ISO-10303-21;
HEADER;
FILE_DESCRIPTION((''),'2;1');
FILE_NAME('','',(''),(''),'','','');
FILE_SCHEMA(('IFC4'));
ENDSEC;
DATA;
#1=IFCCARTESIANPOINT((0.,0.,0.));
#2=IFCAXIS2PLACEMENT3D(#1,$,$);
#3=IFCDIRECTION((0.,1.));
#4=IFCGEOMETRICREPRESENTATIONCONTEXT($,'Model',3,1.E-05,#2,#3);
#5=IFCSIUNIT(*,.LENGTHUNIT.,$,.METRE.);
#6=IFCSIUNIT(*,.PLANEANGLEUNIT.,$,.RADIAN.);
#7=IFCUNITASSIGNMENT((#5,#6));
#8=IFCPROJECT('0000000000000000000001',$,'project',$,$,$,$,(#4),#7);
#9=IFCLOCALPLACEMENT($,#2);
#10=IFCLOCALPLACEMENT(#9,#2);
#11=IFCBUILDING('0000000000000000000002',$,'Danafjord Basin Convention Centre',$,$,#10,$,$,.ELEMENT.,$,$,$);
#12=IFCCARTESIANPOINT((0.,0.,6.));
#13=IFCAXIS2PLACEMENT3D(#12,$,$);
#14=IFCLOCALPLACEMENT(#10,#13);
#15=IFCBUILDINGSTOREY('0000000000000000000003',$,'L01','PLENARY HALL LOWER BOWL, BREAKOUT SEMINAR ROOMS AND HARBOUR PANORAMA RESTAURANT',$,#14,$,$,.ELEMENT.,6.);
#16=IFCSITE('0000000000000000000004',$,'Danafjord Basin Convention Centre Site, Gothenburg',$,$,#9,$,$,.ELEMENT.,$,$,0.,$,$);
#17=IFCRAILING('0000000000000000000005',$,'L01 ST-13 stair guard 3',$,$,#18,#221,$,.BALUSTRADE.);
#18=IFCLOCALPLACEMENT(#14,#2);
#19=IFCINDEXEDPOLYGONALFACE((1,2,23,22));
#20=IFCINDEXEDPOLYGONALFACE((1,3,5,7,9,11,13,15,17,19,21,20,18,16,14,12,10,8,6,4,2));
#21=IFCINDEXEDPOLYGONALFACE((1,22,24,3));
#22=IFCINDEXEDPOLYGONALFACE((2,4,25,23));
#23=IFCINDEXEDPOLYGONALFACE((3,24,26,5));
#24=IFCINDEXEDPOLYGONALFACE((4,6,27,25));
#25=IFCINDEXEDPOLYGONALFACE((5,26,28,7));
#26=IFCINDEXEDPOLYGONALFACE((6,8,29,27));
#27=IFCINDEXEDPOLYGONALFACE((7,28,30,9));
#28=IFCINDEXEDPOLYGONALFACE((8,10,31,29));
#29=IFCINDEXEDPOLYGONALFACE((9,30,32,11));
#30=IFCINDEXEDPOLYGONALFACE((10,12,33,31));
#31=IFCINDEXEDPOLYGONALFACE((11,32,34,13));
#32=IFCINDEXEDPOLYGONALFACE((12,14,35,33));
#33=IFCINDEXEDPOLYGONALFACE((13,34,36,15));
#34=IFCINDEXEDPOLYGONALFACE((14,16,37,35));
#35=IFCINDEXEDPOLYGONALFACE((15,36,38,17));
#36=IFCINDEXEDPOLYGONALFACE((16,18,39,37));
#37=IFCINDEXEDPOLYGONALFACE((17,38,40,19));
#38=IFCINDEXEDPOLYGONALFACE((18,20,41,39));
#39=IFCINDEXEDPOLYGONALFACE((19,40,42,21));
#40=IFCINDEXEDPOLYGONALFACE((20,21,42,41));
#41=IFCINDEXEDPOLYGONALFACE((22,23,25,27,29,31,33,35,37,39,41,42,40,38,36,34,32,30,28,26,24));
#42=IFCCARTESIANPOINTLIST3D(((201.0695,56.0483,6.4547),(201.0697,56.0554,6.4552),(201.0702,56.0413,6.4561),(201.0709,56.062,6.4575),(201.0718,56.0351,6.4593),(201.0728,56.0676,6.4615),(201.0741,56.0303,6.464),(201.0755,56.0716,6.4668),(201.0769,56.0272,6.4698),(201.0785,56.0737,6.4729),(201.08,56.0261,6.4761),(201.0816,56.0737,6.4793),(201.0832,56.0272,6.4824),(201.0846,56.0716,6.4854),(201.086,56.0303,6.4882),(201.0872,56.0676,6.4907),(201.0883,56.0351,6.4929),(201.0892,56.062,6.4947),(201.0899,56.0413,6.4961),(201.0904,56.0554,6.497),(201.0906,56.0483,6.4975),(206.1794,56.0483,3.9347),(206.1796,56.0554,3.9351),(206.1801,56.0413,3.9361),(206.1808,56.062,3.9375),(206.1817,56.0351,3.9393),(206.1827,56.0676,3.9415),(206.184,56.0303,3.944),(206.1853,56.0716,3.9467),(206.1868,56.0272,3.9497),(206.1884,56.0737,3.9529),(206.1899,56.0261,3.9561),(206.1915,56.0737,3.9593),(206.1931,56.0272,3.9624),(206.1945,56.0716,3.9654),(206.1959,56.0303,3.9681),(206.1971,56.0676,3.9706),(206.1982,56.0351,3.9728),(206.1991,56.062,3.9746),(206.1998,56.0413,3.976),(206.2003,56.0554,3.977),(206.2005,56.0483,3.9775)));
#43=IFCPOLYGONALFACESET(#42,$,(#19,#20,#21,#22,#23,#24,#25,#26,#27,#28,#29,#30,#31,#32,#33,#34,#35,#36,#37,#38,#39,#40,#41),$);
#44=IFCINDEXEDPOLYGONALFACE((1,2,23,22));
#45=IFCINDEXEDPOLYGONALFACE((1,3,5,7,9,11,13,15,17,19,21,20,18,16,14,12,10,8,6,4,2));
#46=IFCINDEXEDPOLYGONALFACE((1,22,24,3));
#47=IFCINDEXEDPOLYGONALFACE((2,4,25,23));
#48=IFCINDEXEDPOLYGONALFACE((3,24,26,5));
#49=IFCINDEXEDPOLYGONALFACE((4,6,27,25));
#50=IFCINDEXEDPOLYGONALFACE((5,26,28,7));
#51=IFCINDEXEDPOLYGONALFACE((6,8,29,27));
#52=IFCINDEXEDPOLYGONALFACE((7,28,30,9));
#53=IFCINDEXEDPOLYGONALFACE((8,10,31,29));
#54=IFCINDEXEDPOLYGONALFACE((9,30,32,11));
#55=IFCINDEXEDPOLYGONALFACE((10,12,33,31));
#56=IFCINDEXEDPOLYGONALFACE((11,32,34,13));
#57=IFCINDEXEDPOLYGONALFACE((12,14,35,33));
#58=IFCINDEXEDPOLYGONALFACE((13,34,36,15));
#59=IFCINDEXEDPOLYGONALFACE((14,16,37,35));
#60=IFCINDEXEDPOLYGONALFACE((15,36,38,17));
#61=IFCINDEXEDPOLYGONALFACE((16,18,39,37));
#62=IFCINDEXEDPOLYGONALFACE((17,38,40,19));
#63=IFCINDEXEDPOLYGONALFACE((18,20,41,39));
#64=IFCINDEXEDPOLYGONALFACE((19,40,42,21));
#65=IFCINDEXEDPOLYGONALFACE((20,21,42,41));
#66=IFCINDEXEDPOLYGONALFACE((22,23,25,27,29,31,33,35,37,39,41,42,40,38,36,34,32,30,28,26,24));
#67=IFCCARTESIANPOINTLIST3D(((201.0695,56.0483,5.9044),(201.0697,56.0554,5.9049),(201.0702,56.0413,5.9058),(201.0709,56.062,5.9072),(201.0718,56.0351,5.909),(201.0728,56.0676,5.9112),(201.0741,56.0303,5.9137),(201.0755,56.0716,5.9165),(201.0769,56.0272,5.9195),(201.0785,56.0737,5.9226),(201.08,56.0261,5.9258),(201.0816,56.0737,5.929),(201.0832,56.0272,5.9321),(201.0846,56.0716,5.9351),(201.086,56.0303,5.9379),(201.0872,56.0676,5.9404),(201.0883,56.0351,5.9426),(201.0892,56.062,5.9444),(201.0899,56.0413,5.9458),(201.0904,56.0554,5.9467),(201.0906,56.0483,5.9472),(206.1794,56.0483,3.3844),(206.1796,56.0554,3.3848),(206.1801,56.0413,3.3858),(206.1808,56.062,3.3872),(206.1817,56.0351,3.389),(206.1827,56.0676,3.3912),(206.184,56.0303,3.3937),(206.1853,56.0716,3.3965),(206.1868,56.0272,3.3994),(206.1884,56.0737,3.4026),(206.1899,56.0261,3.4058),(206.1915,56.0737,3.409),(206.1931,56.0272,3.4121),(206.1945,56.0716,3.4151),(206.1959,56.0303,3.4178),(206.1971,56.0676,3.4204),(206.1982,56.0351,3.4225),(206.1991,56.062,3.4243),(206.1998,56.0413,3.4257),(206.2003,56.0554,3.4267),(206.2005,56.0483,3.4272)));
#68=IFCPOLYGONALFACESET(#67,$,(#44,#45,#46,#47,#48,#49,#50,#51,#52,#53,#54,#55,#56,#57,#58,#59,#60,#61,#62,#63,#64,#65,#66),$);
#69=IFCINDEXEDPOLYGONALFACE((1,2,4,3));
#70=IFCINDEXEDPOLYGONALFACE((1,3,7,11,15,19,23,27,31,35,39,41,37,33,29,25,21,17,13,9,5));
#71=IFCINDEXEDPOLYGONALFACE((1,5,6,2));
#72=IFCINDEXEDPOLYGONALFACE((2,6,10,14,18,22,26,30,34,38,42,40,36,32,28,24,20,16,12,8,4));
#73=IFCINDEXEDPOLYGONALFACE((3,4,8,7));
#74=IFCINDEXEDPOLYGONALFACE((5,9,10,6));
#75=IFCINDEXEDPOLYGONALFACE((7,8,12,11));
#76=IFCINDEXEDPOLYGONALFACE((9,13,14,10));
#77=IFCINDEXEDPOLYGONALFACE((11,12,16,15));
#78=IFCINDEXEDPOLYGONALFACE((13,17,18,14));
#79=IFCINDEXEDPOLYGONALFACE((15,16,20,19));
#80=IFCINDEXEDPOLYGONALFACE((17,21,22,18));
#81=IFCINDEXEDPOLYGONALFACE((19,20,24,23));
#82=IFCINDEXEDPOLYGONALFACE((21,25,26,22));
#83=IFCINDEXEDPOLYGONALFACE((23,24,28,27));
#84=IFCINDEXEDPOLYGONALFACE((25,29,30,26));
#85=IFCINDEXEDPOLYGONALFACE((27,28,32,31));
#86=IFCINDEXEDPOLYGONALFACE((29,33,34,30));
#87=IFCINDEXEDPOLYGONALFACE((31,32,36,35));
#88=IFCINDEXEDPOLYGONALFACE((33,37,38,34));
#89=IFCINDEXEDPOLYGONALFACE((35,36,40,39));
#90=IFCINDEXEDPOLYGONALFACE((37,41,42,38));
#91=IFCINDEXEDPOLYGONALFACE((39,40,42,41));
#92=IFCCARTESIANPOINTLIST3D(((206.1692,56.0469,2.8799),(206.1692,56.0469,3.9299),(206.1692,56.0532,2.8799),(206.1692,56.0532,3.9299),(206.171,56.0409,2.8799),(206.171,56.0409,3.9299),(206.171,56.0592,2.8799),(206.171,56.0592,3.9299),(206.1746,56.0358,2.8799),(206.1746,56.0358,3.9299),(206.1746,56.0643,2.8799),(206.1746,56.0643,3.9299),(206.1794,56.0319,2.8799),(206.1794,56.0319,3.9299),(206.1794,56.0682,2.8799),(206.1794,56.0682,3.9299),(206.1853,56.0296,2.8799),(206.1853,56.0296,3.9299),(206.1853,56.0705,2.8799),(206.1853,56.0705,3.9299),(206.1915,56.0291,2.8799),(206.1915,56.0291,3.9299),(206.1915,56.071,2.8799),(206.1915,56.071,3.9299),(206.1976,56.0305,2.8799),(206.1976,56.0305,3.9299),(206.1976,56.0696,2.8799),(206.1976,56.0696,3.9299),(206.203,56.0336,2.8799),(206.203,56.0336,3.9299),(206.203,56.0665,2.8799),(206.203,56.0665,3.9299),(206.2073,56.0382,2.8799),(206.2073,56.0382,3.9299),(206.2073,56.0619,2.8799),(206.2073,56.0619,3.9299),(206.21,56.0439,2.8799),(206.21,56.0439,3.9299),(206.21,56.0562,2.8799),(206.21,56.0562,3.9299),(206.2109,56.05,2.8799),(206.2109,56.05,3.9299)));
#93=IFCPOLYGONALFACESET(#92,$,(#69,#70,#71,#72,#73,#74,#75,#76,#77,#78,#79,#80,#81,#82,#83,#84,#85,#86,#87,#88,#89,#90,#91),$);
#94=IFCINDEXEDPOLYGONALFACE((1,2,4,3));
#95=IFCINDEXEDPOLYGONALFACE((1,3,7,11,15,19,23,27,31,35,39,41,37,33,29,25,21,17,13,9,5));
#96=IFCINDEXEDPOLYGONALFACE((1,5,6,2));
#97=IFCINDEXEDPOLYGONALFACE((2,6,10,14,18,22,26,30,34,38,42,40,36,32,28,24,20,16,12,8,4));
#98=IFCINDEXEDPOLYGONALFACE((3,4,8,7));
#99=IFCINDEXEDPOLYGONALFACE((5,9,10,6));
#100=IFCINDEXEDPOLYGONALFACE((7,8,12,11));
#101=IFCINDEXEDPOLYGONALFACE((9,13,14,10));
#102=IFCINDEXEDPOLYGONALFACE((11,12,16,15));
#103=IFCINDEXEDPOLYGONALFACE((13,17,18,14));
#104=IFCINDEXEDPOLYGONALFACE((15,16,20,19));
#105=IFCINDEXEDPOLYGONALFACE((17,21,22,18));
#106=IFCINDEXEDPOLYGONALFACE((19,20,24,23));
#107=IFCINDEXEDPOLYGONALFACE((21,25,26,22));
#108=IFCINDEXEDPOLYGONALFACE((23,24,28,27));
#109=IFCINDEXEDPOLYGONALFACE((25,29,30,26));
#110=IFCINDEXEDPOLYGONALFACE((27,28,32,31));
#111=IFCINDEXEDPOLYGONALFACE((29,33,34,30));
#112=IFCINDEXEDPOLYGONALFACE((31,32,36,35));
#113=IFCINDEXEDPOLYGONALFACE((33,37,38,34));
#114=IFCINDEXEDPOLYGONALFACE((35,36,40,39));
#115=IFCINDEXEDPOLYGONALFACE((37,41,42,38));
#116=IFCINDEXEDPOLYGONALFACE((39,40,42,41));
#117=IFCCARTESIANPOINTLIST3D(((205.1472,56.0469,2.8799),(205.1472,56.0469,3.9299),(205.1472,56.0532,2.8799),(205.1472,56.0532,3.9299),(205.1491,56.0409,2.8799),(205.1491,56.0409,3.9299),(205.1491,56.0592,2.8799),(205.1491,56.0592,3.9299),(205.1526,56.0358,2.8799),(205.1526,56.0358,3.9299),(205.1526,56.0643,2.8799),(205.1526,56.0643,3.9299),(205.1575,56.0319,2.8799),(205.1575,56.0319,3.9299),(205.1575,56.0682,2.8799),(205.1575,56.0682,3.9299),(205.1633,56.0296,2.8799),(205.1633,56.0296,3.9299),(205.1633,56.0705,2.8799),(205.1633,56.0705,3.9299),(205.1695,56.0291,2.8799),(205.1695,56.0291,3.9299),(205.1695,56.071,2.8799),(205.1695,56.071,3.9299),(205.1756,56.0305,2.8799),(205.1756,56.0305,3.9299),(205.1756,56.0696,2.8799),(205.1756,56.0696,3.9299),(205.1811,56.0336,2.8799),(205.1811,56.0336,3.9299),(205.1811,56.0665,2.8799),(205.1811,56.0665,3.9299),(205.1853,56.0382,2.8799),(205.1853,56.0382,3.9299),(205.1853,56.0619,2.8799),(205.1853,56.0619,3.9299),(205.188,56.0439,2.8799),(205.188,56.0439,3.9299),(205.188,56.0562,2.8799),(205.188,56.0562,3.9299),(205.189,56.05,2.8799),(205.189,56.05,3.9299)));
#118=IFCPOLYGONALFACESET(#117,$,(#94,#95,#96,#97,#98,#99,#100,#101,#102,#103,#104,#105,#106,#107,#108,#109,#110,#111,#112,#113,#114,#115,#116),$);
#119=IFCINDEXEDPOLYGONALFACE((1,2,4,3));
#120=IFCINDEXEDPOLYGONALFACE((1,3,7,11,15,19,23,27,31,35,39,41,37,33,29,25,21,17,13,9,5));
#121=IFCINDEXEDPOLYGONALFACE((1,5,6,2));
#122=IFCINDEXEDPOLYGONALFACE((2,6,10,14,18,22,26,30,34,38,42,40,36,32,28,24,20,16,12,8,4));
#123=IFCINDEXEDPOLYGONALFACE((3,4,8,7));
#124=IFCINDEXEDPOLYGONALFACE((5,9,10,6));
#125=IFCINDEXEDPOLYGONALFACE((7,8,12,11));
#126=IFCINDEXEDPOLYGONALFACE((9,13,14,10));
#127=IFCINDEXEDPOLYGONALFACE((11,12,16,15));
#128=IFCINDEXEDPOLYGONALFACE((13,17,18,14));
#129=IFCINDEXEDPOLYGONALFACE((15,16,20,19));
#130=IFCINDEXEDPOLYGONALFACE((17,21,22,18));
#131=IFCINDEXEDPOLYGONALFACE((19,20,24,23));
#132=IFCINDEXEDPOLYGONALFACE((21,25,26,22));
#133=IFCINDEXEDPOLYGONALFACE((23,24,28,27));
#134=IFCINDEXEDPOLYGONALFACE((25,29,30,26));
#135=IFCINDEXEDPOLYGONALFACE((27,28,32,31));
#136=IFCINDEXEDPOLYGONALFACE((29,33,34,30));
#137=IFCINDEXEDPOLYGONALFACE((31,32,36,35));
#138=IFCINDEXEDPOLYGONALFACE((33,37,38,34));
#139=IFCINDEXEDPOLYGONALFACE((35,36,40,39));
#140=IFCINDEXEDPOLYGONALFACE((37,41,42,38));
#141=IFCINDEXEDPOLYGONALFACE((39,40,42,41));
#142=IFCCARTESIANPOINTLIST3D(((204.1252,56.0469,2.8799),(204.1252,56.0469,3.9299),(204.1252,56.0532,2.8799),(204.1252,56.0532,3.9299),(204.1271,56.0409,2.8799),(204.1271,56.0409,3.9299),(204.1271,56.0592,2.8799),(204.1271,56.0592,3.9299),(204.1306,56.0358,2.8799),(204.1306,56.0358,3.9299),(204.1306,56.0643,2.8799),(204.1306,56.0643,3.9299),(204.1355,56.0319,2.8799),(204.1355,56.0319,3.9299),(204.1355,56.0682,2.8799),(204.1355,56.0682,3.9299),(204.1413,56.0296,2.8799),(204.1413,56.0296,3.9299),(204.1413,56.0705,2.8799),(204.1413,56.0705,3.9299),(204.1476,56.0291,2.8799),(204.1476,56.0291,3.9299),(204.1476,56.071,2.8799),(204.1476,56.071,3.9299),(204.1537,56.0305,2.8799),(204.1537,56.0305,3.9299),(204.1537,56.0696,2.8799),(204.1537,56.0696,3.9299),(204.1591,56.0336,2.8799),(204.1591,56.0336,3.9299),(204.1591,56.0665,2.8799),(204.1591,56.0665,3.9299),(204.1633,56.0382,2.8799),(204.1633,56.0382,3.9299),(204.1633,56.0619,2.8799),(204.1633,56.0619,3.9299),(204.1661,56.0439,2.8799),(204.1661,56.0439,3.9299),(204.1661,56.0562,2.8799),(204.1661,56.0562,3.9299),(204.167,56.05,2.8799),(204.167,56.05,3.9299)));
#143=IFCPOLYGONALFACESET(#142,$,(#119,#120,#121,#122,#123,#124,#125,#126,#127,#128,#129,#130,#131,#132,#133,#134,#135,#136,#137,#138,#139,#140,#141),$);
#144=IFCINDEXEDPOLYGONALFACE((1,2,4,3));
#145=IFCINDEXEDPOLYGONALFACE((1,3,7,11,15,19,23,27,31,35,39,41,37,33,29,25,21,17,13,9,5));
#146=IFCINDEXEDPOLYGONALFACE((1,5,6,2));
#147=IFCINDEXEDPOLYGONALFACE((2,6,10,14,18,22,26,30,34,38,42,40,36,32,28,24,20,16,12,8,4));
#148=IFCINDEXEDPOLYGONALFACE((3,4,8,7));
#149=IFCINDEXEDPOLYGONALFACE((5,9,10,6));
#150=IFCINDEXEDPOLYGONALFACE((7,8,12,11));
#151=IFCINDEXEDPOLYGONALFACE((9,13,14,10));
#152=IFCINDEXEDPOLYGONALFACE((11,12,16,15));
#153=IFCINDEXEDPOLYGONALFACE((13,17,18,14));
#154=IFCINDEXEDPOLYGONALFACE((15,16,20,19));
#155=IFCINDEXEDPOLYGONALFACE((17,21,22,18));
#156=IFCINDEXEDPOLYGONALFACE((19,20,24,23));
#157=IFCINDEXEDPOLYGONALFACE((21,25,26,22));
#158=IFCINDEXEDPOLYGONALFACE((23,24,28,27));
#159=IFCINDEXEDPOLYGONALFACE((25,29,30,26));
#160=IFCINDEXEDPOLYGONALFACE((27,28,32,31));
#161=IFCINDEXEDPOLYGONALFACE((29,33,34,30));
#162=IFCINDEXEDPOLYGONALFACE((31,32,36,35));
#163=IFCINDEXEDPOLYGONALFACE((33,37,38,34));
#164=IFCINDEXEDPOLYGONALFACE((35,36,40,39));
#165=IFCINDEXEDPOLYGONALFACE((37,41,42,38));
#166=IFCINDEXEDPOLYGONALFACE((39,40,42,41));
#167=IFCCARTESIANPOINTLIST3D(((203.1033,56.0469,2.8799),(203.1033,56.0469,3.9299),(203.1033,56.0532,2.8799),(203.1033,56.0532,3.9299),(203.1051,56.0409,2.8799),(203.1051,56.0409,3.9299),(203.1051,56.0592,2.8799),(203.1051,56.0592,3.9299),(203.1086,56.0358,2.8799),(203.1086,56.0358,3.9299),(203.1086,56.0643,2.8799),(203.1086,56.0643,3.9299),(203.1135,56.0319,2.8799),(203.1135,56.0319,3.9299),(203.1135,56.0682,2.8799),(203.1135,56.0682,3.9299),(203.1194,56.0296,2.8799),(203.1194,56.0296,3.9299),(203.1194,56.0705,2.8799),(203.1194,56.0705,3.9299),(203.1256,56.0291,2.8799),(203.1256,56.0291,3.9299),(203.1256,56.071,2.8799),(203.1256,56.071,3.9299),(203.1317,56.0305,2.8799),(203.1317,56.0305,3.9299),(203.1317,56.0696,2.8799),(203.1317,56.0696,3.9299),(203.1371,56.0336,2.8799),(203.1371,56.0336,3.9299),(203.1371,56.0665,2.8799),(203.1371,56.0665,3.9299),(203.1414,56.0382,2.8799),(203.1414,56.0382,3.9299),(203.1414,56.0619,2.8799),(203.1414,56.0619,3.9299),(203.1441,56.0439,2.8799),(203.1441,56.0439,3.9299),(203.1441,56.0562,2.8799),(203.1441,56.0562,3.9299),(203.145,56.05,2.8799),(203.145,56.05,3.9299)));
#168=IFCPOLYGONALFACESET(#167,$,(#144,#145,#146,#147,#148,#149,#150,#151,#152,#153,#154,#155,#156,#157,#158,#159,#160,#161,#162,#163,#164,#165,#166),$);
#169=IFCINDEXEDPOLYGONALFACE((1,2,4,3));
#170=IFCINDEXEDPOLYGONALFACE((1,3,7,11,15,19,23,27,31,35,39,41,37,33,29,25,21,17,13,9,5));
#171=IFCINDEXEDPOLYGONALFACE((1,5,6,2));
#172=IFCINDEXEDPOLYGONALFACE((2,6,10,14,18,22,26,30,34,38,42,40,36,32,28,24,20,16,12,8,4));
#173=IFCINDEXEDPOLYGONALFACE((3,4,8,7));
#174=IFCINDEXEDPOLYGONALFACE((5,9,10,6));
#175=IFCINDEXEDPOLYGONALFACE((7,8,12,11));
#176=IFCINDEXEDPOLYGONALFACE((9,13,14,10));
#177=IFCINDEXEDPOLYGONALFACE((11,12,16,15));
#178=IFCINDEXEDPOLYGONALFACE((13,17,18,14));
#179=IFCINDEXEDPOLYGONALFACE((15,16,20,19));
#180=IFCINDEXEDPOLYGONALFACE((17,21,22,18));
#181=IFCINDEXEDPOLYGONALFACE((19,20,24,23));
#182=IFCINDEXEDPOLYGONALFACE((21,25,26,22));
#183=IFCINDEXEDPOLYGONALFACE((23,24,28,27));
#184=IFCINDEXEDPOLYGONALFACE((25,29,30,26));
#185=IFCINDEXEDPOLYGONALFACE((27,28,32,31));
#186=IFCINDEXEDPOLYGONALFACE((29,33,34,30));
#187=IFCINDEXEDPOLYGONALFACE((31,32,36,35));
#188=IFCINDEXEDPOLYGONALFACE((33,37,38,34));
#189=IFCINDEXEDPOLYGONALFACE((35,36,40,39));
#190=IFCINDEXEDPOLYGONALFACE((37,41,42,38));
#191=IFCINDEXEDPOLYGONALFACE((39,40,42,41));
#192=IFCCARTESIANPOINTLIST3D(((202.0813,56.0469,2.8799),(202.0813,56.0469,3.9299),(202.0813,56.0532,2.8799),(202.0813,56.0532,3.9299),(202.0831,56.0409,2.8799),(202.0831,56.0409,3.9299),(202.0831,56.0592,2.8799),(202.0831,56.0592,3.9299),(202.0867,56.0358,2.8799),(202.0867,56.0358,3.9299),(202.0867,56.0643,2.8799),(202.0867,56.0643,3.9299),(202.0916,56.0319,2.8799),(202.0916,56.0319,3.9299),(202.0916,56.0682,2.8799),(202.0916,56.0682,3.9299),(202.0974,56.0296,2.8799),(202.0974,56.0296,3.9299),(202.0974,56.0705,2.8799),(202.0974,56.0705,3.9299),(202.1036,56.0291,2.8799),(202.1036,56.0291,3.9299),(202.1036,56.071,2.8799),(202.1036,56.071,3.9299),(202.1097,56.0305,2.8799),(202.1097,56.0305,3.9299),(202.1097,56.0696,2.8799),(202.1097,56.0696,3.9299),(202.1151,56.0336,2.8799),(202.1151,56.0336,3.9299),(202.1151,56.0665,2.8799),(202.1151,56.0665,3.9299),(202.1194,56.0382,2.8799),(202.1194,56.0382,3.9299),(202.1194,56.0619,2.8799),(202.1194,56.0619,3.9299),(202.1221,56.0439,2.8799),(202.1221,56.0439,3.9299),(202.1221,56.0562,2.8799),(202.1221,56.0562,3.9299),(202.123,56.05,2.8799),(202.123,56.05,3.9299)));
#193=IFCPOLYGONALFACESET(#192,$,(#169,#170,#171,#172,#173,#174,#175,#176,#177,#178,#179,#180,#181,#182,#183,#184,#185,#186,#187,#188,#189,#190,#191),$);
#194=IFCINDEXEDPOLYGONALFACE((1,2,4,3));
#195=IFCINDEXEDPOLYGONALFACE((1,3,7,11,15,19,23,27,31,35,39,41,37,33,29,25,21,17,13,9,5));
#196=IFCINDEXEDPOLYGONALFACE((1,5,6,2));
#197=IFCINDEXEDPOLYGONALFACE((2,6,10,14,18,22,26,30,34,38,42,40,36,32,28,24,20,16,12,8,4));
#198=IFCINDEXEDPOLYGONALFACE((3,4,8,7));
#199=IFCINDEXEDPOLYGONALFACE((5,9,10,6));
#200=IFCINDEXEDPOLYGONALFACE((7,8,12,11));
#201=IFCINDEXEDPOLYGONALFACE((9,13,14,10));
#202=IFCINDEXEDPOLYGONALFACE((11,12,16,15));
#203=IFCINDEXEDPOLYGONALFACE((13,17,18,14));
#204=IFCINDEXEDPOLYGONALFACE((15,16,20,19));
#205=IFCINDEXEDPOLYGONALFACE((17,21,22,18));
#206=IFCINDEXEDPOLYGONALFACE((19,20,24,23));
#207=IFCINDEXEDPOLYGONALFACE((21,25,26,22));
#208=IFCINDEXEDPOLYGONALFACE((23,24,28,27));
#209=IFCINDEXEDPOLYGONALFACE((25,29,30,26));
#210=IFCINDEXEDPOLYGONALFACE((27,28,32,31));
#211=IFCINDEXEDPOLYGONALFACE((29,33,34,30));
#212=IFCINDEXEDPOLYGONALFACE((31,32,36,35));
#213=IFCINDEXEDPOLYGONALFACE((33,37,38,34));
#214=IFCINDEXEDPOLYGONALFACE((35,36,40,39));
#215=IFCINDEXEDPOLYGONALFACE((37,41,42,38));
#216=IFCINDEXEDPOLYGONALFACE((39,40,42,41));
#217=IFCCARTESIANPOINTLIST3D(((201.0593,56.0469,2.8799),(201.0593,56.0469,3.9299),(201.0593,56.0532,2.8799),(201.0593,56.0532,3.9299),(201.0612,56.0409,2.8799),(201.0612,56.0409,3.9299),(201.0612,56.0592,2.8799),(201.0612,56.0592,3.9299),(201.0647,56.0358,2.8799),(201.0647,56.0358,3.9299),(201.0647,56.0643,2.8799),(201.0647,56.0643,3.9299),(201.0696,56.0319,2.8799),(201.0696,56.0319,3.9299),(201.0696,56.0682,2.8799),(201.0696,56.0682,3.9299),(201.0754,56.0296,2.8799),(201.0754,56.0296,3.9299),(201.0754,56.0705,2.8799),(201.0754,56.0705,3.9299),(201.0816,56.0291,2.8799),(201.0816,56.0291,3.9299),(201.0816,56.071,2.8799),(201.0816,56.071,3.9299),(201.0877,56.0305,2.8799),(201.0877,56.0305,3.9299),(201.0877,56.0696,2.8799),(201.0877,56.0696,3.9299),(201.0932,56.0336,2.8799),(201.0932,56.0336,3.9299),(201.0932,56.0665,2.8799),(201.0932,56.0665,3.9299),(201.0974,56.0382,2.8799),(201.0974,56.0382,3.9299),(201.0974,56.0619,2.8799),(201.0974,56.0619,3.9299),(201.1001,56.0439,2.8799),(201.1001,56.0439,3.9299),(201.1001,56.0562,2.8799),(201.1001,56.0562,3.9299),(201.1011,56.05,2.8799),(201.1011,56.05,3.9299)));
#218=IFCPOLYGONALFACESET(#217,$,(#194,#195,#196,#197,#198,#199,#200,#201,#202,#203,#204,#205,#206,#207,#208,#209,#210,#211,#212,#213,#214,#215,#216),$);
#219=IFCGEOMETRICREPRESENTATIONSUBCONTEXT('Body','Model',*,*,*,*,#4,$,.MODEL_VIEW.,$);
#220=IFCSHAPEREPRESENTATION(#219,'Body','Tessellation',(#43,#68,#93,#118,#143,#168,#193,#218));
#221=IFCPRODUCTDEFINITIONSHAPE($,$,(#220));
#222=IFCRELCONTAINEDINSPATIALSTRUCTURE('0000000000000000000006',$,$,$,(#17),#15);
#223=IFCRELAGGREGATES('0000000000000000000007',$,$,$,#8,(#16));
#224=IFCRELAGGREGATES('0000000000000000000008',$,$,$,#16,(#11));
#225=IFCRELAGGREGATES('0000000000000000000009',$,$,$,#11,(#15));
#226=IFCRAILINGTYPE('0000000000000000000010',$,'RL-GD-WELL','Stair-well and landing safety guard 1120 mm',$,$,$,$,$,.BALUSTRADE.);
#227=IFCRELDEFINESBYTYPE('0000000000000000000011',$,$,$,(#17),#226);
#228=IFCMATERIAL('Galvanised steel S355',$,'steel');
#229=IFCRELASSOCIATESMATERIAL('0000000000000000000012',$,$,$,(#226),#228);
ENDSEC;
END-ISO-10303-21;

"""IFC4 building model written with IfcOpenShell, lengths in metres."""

from ifc_helpers import new_model, si_unit, direction, frame, origin, origin_2d, place, context, subcontext, project, spatial, circle, extrude, material, type_object, element, save


model = new_model("IFC4")

# Units and contexts
model_context = context("Model", 3, precision=1e-05, world=origin(), true_north=direction((0.0, 1.0)))
body_context = subcontext(model_context, "Body", "Model", "MODEL_VIEW")
ifc_project = project(units=[si_unit("LENGTHUNIT", "METRE"), si_unit("PLANEANGLEUNIT", "RADIAN")], contexts=[model_context])

# Site, building, storey
site_placement = place(None, origin())
site = spatial("IfcSite", under=ifc_project, at=site_placement, Name="Danafjord Basin Convention Centre Site, Gothenburg", CompositionType="ELEMENT", RefElevation=0.0)
building_placement = place(site_placement, origin())
building = spatial("IfcBuilding", under=site, at=building_placement, Name="Danafjord Basin Convention Centre", CompositionType="ELEMENT")
storey_placement = place(building_placement, frame((0.0, 0.0, 6.0)))
storey = spatial("IfcBuildingStorey", under=building, at=storey_placement, Name="L01", Description="PLENARY HALL LOWER BOWL, BREAKOUT SEMINAR ROOMS AND HARBOUR PANORAMA RESTAURANT", CompositionType="ELEMENT", Elevation=6.0)

# Railing
ifc_material_1 = material(Name="Galvanised steel S355", Category="steel")
railing_type_1 = type_object("IfcRailingType", Name="RL-GD-WELL", Description="Stair-well and landing safety guard 1120 mm", PredefinedType="BALUSTRADE", material=ifc_material_1)
railing_1_placement = place(storey_placement, frame((206.1899, 56.05, 2.8799)))
element("IfcRailing", 1, at=railing_1_placement, inside=storey, type_object=railing_type_1, Name="L01 ST-13 stair guard 3", PredefinedType="BALUSTRADE", context=body_context, shape_type="SweptSolid", body=[
    extrude(circle(Radius=0.0239, at=origin_2d()), frame((0.0, 0.0, 1.0762), z_axis=(-0.896865, 0.0, 0.442305), x_axis=(0.0, -1.0, 0.0)), (0.0, 0.0, 1.0), 5.6975),
    extrude(circle(Radius=0.0239, at=origin_2d()), frame((0.0, 0.0, 0.5259), z_axis=(-0.896865, 0.0, 0.442305), x_axis=(0.0, -1.0, 0.0)), (0.0, 0.0, 1.0), 5.6975),
    extrude(circle(Radius=0.021, at=origin_2d()), origin(), (0.0, 0.0, 1.0), 1.05),
    extrude(circle(Radius=0.021, at=origin_2d()), frame((-1.022, 0.0, 0.0)), (0.0, 0.0, 1.0), 1.05),
    extrude(circle(Radius=0.021, at=origin_2d()), frame((-2.0439, 0.0, 0.0)), (0.0, 0.0, 1.0), 1.05),
    extrude(circle(Radius=0.021, at=origin_2d()), frame((-3.0659, 0.0, 0.0)), (0.0, 0.0, 1.0), 1.05),
    extrude(circle(Radius=0.021, at=origin_2d()), frame((-4.0879, 0.0, 0.0)), (0.0, 0.0, 1.0), 1.05),
    extrude(circle(Radius=0.021, at=origin_2d()), frame((-5.1099, 0.0, 0.0)), (0.0, 0.0, 1.0), 1.05),
])

save(model, "model.ifc")
